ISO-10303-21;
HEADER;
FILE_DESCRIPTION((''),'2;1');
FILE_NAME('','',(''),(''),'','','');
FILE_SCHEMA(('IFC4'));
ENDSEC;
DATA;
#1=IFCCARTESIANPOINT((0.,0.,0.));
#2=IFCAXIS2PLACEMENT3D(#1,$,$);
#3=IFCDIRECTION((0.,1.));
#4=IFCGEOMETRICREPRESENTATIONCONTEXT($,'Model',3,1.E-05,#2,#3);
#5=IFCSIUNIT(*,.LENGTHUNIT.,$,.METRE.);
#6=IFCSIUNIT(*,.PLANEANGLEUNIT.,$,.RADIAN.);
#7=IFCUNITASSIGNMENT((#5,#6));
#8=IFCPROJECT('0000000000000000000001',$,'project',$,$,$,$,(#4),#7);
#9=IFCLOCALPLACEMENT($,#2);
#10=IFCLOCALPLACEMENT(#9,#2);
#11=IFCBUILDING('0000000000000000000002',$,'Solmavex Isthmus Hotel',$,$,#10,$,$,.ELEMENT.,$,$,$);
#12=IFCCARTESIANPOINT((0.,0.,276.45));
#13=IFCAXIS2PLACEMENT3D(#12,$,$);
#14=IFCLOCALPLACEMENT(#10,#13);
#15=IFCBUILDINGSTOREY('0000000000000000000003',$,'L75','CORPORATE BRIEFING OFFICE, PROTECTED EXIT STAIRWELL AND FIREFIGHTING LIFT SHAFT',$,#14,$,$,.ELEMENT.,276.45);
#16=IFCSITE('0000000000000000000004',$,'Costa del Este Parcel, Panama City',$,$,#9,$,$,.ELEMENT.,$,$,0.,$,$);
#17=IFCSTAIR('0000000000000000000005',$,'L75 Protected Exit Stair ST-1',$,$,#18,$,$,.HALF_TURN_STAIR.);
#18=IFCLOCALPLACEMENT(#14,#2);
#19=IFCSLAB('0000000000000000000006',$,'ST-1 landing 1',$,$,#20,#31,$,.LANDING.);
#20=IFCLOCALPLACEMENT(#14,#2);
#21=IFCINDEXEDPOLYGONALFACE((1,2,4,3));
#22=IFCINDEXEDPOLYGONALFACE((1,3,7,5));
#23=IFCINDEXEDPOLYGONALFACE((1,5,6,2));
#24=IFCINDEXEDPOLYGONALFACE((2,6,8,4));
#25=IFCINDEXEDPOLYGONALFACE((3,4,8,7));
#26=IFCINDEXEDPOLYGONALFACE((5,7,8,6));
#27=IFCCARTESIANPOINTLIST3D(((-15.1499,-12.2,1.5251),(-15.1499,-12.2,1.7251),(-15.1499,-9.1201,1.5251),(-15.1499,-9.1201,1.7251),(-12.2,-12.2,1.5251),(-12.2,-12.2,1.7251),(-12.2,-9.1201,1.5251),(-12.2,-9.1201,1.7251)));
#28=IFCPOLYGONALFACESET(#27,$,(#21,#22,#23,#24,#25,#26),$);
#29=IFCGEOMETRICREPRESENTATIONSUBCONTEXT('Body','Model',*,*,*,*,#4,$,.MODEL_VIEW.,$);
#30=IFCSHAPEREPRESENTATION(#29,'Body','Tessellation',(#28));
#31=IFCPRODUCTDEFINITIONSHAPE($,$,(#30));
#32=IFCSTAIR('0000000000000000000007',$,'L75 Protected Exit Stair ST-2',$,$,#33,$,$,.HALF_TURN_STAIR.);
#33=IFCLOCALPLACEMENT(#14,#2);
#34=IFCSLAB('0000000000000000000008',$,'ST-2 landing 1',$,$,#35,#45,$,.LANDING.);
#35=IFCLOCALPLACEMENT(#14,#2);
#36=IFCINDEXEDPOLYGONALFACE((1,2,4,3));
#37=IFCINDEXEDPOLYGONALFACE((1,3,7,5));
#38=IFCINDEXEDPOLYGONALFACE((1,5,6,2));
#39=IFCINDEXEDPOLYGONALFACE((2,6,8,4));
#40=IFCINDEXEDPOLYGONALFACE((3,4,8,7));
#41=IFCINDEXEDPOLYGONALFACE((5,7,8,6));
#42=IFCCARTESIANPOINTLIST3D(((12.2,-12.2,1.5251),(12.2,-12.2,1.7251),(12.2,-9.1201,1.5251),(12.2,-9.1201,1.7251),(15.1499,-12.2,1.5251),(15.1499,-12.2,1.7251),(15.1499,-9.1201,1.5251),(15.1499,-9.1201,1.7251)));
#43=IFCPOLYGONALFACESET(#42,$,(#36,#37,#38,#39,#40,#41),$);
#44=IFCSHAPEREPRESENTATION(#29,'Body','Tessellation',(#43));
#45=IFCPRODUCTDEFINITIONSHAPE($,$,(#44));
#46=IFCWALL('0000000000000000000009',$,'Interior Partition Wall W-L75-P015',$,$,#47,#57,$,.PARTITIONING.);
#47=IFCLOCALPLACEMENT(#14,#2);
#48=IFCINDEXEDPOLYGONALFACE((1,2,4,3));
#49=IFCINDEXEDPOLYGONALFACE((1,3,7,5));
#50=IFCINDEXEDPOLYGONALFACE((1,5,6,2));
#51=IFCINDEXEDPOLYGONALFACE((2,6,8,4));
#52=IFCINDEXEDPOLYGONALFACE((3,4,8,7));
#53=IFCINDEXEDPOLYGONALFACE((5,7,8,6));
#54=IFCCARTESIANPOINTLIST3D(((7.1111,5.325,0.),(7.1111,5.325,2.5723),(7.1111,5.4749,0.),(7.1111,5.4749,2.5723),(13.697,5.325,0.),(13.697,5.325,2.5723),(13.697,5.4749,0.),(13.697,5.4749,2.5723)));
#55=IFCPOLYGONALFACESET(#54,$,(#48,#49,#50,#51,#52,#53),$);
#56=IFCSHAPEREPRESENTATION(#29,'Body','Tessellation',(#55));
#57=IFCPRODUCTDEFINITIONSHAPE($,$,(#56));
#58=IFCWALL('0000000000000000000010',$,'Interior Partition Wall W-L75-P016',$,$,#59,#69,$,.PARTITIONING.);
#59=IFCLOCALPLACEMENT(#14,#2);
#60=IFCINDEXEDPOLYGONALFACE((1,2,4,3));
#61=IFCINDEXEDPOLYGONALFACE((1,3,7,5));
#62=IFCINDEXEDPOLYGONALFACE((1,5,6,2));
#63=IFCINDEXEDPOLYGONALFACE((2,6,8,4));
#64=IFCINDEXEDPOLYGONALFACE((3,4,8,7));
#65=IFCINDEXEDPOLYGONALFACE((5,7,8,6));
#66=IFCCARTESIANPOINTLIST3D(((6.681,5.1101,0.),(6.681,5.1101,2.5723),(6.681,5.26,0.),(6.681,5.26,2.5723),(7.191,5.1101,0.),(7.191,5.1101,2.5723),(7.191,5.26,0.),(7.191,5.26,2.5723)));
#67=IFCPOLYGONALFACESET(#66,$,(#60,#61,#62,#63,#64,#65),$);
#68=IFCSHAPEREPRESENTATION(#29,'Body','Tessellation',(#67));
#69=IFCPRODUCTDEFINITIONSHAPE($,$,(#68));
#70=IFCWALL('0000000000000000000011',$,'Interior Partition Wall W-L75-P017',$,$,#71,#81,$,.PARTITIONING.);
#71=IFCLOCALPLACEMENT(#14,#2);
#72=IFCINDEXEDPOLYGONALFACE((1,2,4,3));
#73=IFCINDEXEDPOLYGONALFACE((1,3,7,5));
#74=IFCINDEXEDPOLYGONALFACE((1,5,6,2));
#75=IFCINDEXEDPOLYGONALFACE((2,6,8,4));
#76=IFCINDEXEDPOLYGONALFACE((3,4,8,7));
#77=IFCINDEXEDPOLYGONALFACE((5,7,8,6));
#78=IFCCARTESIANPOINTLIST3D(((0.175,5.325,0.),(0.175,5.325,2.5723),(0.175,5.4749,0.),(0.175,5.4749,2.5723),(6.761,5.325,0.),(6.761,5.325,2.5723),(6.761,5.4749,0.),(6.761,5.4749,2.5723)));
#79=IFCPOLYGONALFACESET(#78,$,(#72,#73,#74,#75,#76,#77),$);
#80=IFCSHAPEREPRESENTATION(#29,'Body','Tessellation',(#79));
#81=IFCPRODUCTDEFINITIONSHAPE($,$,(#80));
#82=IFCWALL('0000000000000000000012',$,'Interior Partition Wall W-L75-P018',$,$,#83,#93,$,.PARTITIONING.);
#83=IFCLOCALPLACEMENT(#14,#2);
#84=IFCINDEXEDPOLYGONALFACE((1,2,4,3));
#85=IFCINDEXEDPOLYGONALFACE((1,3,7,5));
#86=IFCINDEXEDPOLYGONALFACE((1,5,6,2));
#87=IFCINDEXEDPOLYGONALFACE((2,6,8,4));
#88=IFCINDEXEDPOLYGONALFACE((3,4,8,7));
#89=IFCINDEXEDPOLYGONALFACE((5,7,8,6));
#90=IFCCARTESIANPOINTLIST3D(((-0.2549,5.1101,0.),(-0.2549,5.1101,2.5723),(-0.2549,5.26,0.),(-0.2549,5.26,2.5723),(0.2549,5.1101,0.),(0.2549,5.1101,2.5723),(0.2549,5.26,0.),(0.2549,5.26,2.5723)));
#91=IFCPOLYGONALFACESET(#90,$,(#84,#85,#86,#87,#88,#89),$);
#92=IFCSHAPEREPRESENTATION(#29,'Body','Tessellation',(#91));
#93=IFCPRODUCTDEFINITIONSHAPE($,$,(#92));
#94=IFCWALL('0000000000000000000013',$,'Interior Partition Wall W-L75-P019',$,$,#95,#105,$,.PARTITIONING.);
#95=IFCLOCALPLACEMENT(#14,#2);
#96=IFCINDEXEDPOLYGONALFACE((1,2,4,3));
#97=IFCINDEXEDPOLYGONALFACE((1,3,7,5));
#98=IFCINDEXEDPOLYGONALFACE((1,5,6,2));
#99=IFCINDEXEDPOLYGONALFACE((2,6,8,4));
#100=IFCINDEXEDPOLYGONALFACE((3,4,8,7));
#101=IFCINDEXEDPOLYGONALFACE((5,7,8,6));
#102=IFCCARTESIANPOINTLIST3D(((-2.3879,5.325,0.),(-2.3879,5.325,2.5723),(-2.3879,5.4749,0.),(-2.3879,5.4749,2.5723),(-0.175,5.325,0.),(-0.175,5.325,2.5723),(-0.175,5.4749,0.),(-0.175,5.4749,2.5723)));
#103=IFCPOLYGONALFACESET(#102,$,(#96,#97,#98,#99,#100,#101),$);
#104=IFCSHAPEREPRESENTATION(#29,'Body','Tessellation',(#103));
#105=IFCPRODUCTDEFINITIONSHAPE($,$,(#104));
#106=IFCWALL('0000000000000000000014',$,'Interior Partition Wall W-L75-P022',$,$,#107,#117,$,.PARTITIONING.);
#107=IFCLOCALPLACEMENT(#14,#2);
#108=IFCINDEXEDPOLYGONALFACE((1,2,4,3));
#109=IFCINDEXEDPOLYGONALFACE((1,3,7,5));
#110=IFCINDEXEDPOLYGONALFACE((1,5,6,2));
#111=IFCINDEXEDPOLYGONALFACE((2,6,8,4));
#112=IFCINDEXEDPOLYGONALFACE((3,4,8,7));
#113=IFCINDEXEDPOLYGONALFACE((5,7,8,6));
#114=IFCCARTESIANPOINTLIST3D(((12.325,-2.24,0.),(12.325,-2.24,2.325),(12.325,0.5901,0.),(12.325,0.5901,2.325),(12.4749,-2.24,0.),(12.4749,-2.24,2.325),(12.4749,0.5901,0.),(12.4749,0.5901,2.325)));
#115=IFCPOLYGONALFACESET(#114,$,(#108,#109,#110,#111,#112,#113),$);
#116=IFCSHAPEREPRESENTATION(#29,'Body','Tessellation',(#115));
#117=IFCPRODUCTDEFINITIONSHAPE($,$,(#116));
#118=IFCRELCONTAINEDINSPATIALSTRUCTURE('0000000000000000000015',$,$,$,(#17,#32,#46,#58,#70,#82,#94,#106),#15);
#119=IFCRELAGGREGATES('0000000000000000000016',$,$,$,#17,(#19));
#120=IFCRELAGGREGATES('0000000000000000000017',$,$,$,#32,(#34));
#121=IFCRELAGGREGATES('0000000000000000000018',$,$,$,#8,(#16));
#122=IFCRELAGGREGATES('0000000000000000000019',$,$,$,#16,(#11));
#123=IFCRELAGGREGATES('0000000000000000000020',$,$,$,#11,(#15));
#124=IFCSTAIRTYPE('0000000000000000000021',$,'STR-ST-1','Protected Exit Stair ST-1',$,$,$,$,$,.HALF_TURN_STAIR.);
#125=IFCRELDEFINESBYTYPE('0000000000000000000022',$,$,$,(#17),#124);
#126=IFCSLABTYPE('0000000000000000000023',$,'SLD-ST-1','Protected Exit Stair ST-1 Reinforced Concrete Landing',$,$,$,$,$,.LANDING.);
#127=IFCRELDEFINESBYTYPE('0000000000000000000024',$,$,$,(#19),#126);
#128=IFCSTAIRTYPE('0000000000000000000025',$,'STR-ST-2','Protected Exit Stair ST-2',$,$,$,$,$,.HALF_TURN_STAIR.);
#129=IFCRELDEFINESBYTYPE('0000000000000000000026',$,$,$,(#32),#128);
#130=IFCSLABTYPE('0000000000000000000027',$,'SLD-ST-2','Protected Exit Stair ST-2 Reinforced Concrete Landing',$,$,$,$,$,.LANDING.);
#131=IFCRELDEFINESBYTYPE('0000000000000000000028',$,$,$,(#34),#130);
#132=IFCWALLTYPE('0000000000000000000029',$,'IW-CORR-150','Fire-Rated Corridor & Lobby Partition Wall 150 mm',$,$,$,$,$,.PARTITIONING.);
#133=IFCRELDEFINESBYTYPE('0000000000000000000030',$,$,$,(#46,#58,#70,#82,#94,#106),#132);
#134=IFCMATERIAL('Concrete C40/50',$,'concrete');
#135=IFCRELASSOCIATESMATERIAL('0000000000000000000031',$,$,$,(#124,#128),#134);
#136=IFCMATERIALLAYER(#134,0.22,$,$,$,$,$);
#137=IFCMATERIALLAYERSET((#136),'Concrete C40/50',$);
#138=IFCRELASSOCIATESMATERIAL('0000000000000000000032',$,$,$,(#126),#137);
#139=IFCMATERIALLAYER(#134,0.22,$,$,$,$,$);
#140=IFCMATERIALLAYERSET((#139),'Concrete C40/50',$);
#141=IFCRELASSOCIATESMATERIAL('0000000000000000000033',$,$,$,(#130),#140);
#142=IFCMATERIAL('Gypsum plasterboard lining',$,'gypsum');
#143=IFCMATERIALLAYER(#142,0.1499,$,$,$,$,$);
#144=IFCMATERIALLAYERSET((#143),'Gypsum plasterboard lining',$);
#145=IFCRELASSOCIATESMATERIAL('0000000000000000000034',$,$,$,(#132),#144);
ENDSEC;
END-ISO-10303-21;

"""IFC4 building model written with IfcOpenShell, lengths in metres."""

from ifc_helpers import new_model, si_unit, direction, frame, frame_2d, origin, place, context, subcontext, project, spatial, polyline, rectangle, outline, extrude, material, layer, layer_set, type_object, element, aggregate, save


model = new_model("IFC4")

# Units and contexts
model_context = context("Model", 3, precision=1e-05, world=origin(), true_north=direction((0.0, 1.0)))
body_context = subcontext(model_context, "Body", "Model", "MODEL_VIEW")
ifc_project = project(units=[si_unit("LENGTHUNIT", "METRE"), si_unit("PLANEANGLEUNIT", "RADIAN")], contexts=[model_context])

# Site, building, storey
site_placement = place(None, origin())
site = spatial("IfcSite", under=ifc_project, at=site_placement, Name="Costa del Este Parcel, Panama City", CompositionType="ELEMENT", RefElevation=0.0)
building_placement = place(site_placement, origin())
building = spatial("IfcBuilding", under=site, at=building_placement, Name="Solmavex Isthmus Hotel", CompositionType="ELEMENT")
storey_placement = place(building_placement, frame((0.0, 0.0, 276.45)))
storey = spatial("IfcBuildingStorey", under=building, at=storey_placement, Name="L75", Description="CORPORATE BRIEFING OFFICE, PROTECTED EXIT STAIRWELL AND FIREFIGHTING LIFT SHAFT", CompositionType="ELEMENT", Elevation=276.45)

# Shared definitions
ifc_material_1 = material(Name="Concrete C40/50", Category="concrete")

# Stairs, slabs
stair_type_1 = type_object("IfcStairType", Name="STR-ST-1", Description="Protected Exit Stair ST-1", PredefinedType="HALF_TURN_STAIR", material=ifc_material_1)
stair_1_placement = place(storey_placement, origin())
stair_1 = element("IfcStair", 1, at=stair_1_placement, inside=storey, type_object=stair_type_1, Name="L75 Protected Exit Stair ST-1", PredefinedType="HALF_TURN_STAIR")
ifc_layer_1 = layer(ifc_material_1, 0.22)
ifc_layer_set_1 = layer_set([ifc_layer_1], Name="Concrete C40/50")
slab_type_1 = type_object("IfcSlabType", Name="SLD-ST-1", Description="Protected Exit Stair ST-1 Reinforced Concrete Landing", PredefinedType="LANDING", material=ifc_layer_set_1)
slab_1_placement = place(storey_placement, frame((0.0, 0.0, 1.5251)))
slab_1 = element("IfcSlab", 2, at=slab_1_placement, type_object=slab_type_1, Name="ST-1 landing 1", PredefinedType="LANDING", context=body_context, shape_type="SweptSolid", body=[
    extrude(outline(polyline([(-15.1499, -9.1201), (-15.1499, -12.2), (-12.2, -12.2), (-12.2, -9.1201), (-15.1499, -9.1201)])), origin(), (0.0, 0.0, 1.0), 0.2),
])
aggregate(stair_1, [slab_1])
stair_type_2 = type_object("IfcStairType", Name="STR-ST-2", Description="Protected Exit Stair ST-2", PredefinedType="HALF_TURN_STAIR", material=ifc_material_1)
stair_2_placement = place(storey_placement, origin())
stair_2 = element("IfcStair", 3, at=stair_2_placement, inside=storey, type_object=stair_type_2, Name="L75 Protected Exit Stair ST-2", PredefinedType="HALF_TURN_STAIR")
ifc_layer_2 = layer(ifc_material_1, 0.22)
ifc_layer_set_2 = layer_set([ifc_layer_2], Name="Concrete C40/50")
slab_type_2 = type_object("IfcSlabType", Name="SLD-ST-2", Description="Protected Exit Stair ST-2 Reinforced Concrete Landing", PredefinedType="LANDING", material=ifc_layer_set_2)
slab_2_placement = place(storey_placement, frame((0.0, 0.0, 1.5251)))
slab_2 = element("IfcSlab", 4, at=slab_2_placement, type_object=slab_type_2, Name="ST-2 landing 1", PredefinedType="LANDING", context=body_context, shape_type="SweptSolid", body=[
    extrude(outline(polyline([(12.2, -9.1201), (12.2, -12.2), (15.1499, -12.2), (15.1499, -9.1201), (12.2, -9.1201)])), origin(), (0.0, 0.0, 1.0), 0.2),
])
aggregate(stair_2, [slab_2])

# Walls
ifc_material_2 = material(Name="Gypsum plasterboard lining", Category="gypsum")
ifc_layer_3 = layer(ifc_material_2, 0.1499)
ifc_layer_set_3 = layer_set([ifc_layer_3], Name="Gypsum plasterboard lining")
wall_type = type_object("IfcWallType", Name="IW-CORR-150", Description="Fire-Rated Corridor & Lobby Partition Wall 150 mm", PredefinedType="PARTITIONING", material=ifc_layer_set_3)
wall_1_placement = place(storey_placement, frame((13.697, 5.3999, 0.0), z_axis=(0.0, 0.0, 1.0), x_axis=(-1.0, 0.0, 0.0)))
element("IfcWall", 5, at=wall_1_placement, inside=storey, type_object=wall_type, Name="Interior Partition Wall W-L75-P015", PredefinedType="PARTITIONING", context=body_context, shape_type="SweptSolid", body=[
    extrude(rectangle(XDim=6.5859, YDim=0.1499, at=frame_2d((3.293, 0.0))), origin(), (0.0, 0.0, 1.0), 2.5723),
])
wall_2_placement = place(storey_placement, frame((7.1909, 5.1851, 0.0), z_axis=(0.0, 0.0, 1.0), x_axis=(-1.0, 0.0, 0.0)))
element("IfcWall", 6, at=wall_2_placement, inside=storey, type_object=wall_type, Name="Interior Partition Wall W-L75-P016", PredefinedType="PARTITIONING", context=body_context, shape_type="SweptSolid", body=[
    extrude(rectangle(XDim=0.51, YDim=0.1499, at=frame_2d((0.2549, 0.0))), origin(), (0.0, 0.0, 1.0), 2.5723),
])
wall_3_placement = place(storey_placement, frame((6.761, 5.3999, 0.0), z_axis=(0.0, 0.0, 1.0), x_axis=(-1.0, 0.0, 0.0)))
element("IfcWall", 7, at=wall_3_placement, inside=storey, type_object=wall_type, Name="Interior Partition Wall W-L75-P017", PredefinedType="PARTITIONING", context=body_context, shape_type="SweptSolid", body=[
    extrude(rectangle(XDim=6.5859, YDim=0.1499, at=frame_2d((3.293, 0.0))), origin(), (0.0, 0.0, 1.0), 2.5723),
])
wall_4_placement = place(storey_placement, frame((0.2549, 5.1851, 0.0), z_axis=(0.0, 0.0, 1.0), x_axis=(-1.0, 0.0, 0.0)))
element("IfcWall", 8, at=wall_4_placement, inside=storey, type_object=wall_type, Name="Interior Partition Wall W-L75-P018", PredefinedType="PARTITIONING", context=body_context, shape_type="SweptSolid", body=[
    extrude(rectangle(XDim=0.5098, YDim=0.1499, at=frame_2d((0.2549, 0.0))), origin(), (0.0, 0.0, 1.0), 2.5723),
])
wall_5_placement = place(storey_placement, frame((-0.175, 5.3999, 0.0), z_axis=(0.0, 0.0, 1.0), x_axis=(-1.0, 0.0, 0.0)))
element("IfcWall", 9, at=wall_5_placement, inside=storey, type_object=wall_type, Name="Interior Partition Wall W-L75-P019", PredefinedType="PARTITIONING", context=body_context, shape_type="SweptSolid", body=[
    extrude(rectangle(XDim=2.2129, YDim=0.1499, at=frame_2d((1.1064, 0.0))), origin(), (0.0, 0.0, 1.0), 2.5723),
])
wall_6_placement = place(storey_placement, frame((12.3999, 0.5901, 0.0), z_axis=(0.0, 0.0, 1.0), x_axis=(0.0, -1.0, 0.0)))
element("IfcWall", 10, at=wall_6_placement, inside=storey, type_object=wall_type, Name="Interior Partition Wall W-L75-P022", PredefinedType="PARTITIONING", context=body_context, shape_type="SweptSolid", body=[
    extrude(rectangle(XDim=2.8301, YDim=0.1499, at=frame_2d((1.415, 0.0))), origin(), (0.0, 0.0, 1.0), 2.325),
])

save(model, "model.ifc")
